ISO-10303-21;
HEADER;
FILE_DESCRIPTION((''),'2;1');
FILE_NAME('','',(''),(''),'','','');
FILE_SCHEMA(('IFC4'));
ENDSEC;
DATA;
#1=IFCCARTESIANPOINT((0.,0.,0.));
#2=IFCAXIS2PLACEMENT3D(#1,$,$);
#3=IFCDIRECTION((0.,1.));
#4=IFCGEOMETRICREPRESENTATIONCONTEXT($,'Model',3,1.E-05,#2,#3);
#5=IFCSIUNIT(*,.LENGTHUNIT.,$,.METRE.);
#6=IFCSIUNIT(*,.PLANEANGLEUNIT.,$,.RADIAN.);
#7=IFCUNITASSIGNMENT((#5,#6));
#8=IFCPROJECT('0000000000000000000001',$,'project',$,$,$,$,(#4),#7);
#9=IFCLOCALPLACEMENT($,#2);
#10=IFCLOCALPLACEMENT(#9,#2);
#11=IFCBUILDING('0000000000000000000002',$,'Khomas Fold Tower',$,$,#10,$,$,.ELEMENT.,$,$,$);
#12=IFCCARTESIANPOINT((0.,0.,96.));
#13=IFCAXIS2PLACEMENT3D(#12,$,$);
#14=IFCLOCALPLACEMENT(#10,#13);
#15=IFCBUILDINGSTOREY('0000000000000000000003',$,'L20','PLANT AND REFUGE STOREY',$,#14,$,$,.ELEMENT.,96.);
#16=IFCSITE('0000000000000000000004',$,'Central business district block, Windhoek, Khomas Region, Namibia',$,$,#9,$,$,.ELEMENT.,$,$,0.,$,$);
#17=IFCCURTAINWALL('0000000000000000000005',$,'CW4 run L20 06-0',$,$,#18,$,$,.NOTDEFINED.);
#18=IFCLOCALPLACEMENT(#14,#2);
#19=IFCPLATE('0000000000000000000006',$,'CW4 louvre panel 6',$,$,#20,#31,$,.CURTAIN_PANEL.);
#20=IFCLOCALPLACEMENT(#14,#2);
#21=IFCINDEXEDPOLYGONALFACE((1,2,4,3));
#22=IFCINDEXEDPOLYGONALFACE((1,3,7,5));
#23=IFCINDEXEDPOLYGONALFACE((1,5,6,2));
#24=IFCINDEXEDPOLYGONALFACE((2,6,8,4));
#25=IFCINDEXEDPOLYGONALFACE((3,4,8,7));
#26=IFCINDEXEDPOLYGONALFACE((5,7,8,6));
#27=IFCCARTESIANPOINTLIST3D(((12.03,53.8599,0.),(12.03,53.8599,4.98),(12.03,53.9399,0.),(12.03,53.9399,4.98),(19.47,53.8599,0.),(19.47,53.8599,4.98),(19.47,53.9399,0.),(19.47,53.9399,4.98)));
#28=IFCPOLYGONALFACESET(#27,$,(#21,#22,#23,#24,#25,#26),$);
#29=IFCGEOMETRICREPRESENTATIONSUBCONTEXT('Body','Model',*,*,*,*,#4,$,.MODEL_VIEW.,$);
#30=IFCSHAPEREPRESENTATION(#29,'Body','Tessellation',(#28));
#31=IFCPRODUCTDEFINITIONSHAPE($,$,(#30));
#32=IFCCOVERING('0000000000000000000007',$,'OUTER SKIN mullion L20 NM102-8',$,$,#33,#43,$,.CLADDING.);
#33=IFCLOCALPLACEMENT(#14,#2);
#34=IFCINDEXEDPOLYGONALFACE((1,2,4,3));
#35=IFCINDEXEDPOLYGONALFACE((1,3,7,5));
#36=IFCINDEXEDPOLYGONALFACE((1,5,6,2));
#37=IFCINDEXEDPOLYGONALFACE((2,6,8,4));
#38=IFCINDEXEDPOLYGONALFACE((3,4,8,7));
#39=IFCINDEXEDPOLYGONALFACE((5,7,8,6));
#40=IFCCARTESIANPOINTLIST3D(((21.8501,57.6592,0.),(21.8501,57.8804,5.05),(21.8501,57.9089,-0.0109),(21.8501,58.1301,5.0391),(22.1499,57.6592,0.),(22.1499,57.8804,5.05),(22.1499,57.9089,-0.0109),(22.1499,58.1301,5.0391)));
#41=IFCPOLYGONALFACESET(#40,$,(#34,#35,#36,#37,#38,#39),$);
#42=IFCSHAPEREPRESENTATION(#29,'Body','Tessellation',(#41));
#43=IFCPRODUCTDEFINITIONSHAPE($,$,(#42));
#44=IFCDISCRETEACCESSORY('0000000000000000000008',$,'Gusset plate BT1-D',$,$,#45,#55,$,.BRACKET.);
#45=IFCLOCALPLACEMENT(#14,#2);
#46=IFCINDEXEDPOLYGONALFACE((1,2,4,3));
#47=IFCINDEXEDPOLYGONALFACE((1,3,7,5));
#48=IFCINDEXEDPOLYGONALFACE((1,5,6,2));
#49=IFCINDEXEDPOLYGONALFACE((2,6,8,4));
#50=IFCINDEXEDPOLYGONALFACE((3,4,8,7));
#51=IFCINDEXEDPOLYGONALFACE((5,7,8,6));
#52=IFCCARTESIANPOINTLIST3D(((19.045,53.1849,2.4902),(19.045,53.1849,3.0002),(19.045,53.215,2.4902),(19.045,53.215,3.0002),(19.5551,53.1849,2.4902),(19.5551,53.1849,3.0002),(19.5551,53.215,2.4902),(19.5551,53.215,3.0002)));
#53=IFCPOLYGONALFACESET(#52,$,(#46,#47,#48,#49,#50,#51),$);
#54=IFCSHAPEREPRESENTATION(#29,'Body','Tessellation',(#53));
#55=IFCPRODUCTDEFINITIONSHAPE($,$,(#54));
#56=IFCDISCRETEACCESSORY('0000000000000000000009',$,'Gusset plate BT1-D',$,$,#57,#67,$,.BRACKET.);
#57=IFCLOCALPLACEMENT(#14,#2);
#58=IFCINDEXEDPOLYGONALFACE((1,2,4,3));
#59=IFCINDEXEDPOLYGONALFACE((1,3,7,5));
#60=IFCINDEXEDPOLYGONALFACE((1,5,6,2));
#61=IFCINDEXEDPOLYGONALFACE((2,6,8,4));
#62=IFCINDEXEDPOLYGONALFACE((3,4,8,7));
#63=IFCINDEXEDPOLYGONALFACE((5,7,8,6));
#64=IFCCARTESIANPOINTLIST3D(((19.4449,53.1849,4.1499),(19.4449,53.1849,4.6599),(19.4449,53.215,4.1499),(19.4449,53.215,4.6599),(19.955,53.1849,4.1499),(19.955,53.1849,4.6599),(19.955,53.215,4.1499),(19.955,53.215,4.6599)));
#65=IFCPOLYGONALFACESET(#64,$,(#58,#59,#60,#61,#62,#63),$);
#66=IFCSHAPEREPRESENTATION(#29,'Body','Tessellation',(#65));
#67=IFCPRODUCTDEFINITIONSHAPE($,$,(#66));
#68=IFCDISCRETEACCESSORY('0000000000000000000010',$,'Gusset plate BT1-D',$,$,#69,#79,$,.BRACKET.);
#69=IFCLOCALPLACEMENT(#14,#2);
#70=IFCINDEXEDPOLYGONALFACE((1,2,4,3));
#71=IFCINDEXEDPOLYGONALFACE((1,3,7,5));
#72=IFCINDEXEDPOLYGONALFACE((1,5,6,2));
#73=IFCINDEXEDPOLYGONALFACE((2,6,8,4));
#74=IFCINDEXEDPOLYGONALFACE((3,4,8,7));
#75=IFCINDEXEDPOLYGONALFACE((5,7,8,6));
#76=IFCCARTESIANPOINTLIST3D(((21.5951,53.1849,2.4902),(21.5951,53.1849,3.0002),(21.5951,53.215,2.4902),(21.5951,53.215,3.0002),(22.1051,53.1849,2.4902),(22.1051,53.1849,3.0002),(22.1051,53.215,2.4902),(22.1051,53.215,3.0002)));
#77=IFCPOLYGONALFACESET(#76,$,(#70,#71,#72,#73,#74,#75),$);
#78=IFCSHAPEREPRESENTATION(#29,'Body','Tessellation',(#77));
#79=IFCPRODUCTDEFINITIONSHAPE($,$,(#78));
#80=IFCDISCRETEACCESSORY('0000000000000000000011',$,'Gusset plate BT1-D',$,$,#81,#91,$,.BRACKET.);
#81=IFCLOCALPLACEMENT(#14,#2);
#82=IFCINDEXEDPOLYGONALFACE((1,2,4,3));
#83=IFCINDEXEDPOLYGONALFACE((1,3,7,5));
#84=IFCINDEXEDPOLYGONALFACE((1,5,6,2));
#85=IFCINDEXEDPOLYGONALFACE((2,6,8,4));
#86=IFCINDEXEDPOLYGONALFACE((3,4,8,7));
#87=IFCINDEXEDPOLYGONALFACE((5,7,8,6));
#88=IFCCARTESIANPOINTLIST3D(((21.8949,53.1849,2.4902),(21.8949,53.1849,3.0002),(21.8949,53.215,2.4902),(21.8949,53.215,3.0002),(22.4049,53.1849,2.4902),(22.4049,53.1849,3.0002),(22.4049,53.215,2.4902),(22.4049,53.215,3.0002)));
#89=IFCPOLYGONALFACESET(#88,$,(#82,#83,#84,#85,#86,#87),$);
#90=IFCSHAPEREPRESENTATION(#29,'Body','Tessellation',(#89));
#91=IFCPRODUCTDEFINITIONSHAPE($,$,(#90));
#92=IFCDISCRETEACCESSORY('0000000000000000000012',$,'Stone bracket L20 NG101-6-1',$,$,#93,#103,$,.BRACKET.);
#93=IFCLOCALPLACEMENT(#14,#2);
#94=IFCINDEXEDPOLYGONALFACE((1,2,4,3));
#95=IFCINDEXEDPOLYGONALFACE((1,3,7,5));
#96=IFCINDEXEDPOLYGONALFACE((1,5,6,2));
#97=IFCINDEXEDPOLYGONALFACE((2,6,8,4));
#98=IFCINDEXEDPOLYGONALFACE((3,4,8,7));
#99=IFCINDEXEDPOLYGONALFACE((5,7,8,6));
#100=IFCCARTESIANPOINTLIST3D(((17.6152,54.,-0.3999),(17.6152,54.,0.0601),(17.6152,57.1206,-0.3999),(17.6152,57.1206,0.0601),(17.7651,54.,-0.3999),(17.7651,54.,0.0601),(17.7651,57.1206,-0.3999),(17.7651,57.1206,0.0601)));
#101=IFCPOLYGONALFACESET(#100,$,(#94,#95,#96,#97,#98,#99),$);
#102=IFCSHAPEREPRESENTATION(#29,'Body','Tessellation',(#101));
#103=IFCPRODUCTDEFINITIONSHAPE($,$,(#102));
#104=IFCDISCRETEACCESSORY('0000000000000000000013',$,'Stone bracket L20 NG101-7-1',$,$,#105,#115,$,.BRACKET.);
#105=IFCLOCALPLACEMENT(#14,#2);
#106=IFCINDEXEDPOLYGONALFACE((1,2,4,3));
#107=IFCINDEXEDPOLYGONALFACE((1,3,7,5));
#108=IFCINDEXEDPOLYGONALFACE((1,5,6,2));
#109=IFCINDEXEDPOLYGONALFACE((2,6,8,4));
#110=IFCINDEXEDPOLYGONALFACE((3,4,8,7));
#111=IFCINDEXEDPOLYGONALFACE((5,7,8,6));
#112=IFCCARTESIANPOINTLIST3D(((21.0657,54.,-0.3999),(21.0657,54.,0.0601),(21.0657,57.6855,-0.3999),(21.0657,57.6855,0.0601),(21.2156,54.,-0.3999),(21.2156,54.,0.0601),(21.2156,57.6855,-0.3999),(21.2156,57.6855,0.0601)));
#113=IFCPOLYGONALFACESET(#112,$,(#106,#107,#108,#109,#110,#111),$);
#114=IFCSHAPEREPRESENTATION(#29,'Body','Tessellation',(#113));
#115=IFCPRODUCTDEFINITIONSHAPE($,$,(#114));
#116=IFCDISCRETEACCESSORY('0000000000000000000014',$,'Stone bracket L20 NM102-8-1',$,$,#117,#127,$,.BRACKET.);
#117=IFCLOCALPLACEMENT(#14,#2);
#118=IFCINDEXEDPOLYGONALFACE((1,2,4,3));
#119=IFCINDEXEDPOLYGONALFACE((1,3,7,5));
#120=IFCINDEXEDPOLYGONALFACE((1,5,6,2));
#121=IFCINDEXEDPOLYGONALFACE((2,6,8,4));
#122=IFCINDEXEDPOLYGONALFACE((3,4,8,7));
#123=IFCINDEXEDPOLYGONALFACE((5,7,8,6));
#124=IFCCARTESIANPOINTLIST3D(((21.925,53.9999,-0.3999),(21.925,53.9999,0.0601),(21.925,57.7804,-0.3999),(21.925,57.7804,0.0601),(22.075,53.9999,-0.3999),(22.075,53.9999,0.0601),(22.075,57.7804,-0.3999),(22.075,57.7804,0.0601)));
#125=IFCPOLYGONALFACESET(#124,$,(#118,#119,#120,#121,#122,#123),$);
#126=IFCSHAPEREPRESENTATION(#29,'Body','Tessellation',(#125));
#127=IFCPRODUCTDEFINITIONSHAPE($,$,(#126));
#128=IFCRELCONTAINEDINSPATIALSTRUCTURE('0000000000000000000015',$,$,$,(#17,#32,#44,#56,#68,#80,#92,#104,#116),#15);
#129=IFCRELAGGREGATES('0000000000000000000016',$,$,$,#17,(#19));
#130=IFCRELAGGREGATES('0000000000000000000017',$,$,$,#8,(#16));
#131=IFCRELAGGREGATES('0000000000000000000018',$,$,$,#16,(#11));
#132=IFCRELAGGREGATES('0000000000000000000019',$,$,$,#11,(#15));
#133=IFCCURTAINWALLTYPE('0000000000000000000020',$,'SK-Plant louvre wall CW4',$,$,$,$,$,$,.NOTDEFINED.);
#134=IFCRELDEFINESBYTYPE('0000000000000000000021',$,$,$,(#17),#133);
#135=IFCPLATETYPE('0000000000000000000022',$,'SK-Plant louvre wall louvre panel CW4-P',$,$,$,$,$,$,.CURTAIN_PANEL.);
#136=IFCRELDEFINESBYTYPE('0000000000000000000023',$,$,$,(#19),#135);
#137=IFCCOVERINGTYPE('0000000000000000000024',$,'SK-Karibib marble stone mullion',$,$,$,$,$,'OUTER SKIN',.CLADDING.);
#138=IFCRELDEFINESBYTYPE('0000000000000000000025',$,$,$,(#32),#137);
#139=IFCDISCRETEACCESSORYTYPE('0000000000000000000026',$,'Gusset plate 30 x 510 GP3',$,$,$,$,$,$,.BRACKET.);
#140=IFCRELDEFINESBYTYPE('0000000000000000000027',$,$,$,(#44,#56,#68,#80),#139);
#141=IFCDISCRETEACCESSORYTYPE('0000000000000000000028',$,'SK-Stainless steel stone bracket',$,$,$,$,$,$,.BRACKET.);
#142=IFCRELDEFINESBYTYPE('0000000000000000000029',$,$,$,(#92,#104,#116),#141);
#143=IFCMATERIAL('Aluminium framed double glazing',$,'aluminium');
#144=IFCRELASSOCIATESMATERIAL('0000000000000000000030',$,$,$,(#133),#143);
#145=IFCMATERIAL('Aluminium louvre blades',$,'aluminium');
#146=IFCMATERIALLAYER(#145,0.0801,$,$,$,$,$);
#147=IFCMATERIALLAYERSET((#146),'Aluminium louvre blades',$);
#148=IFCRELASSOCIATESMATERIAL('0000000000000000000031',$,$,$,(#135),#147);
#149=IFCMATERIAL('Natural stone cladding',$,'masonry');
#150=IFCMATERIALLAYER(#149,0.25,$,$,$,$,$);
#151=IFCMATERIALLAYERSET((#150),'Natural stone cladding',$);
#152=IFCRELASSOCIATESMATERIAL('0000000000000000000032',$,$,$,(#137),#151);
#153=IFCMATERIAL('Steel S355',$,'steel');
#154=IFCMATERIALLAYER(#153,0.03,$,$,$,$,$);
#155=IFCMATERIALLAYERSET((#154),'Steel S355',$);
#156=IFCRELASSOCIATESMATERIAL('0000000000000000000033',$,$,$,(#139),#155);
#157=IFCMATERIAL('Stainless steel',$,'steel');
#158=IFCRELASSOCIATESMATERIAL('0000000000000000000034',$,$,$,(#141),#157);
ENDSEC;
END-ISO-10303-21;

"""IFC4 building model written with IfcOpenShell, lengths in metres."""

from ifc_helpers import new_model, si_unit, direction, frame, origin, origin_2d, place, context, subcontext, project, spatial, polyline, rectangle, outline, extrude, source, transform, mapped, material, layer, layer_set, type_object, element, aggregate, save


model = new_model("IFC4")

# Units and contexts
model_context = context("Model", 3, precision=1e-05, world=origin(), true_north=direction((0.0, 1.0)))
body_context = subcontext(model_context, "Body", "Model", "MODEL_VIEW")
ifc_project = project(units=[si_unit("LENGTHUNIT", "METRE"), si_unit("PLANEANGLEUNIT", "RADIAN")], contexts=[model_context])

# Site, building, storey
site_placement = place(None, origin())
site = spatial("IfcSite", under=ifc_project, at=site_placement, Name="Central business district block, Windhoek, Khomas Region, Namibia", CompositionType="ELEMENT", RefElevation=0.0)
building_placement = place(site_placement, origin())
building = spatial("IfcBuilding", under=site, at=building_placement, Name="Khomas Fold Tower", CompositionType="ELEMENT")
storey_placement = place(building_placement, frame((0.0, 0.0, 96.0)))
storey = spatial("IfcBuildingStorey", under=building, at=storey_placement, Name="L20", Description="PLANT AND REFUGE STOREY", CompositionType="ELEMENT", Elevation=96.0)

# Curtain wall
ifc_material_1 = material(Name="Aluminium framed double glazing", Category="aluminium")
curtain_wall_type = type_object("IfcCurtainWallType", Name="SK-Plant louvre wall CW4", PredefinedType="NOTDEFINED", material=ifc_material_1)
curtain_wall_placement = place(storey_placement, origin())
curtain_wall = element("IfcCurtainWall", 1, at=curtain_wall_placement, inside=storey, type_object=curtain_wall_type, Name="CW4 run L20 06-0", PredefinedType="NOTDEFINED")

# Plate
ifc_material_2 = material(Name="Aluminium louvre blades", Category="aluminium")
ifc_layer_1 = layer(ifc_material_2, 0.0801)
ifc_layer_set_1 = layer_set([ifc_layer_1], Name="Aluminium louvre blades")
plate_type_1 = type_object("IfcPlateType", Name="SK-Plant louvre wall louvre panel CW4-P", PredefinedType="CURTAIN_PANEL", material=ifc_layer_set_1)
shared_shape_1 = source(origin(), body_context, "Body", "SweptSolid", [
    extrude(rectangle(XDim=7.4399, YDim=0.0801, at=origin_2d()), origin(), (0.0, 0.0, 1.0), 4.98),
])
plate_1_placement = place(storey_placement, frame((15.75, 53.8999, 0.0), z_axis=(0.0, 0.0, 1.0), x_axis=(-1.0, 0.0, 0.0)))
plate_1 = element("IfcPlate", 2, at=plate_1_placement, type_object=plate_type_1, Name="CW4 louvre panel 6", PredefinedType="CURTAIN_PANEL", context=body_context, shape_type="MappedRepresentation", body=[
    mapped(shared_shape_1, transform((0.0, 0.0, 0.0))),
])
aggregate(curtain_wall, [plate_1])

# Covering
ifc_material_3 = material(Name="Natural stone cladding", Category="masonry")
ifc_layer_2 = layer(ifc_material_3, 0.25)
ifc_layer_set_2 = layer_set([ifc_layer_2], Name="Natural stone cladding")
covering_type = type_object("IfcCoveringType", Name="SK-Karibib marble stone mullion", ElementType="OUTER SKIN", PredefinedType="CLADDING", material=ifc_layer_set_2)
covering_placement = place(storey_placement, frame((21.8501, 57.6592, 0.0), z_axis=(0.0, -0.999042, 0.043758), x_axis=(0.0, 0.043758, 0.999042)))
element("IfcCovering", 3, at=covering_placement, inside=storey, type_object=covering_type, Name="OUTER SKIN mullion L20 NM102-8", PredefinedType="CLADDING", context=body_context, shape_type="SweptSolid", body=[
    extrude(outline(polyline([(0.0, 0.0), (5.0549, 0.0), (5.0549, -0.2998), (0.0, -0.2998), (0.0, 0.0)])), origin(), (0.0, 0.0, -1.0), 0.25),
])

# Discrete accessories
ifc_material_4 = material(Name="Steel S355", Category="steel")
ifc_layer_3 = layer(ifc_material_4, 0.03)
ifc_layer_set_3 = layer_set([ifc_layer_3], Name="Steel S355")
discrete_accessory_type_1 = type_object("IfcDiscreteAccessoryType", Name="Gusset plate 30 x 510 GP3", PredefinedType="BRACKET", material=ifc_layer_set_3)
shared_shape_2 = source(origin(), body_context, "Body", "SweptSolid", [
    extrude(rectangle(XDim=0.51, YDim=0.03, at=origin_2d()), origin(), (0.0, 0.0, 1.0), 0.51),
])
for number, where, z_axis, x_axis, name in (
    (4, (19.3, 53.2, 2.4902), (0.0, 0.0, 1.0), (1.0, 0.0, 0.0), "Gusset plate BT1-D"),
    (5, (19.7, 53.2, 4.1499), (0.0, 0.0, 1.0), (1.0, 0.0, 0.0), "Gusset plate BT1-D"),
    (6, (21.8501, 53.2, 2.4902), (0.0, 0.0, 1.0), (1.0, 0.0, 0.0), "Gusset plate BT1-D"),
    (7, (22.1499, 53.2, 2.4902), (0.0, 0.0, 1.0), (1.0, 0.0, 0.0), "Gusset plate BT1-D"),
):
    element("IfcDiscreteAccessory", number, at=place(storey_placement, frame(where, z_axis=z_axis, x_axis=x_axis)), inside=storey, type_object=discrete_accessory_type_1, Name=name, PredefinedType="BRACKET", context=body_context, shape_type="MappedRepresentation", body=[
        mapped(shared_shape_2, transform((0.0, 0.0, 0.0))),
    ])
ifc_material_5 = material(Name="Stainless steel", Category="steel")
discrete_accessory_type_2 = type_object("IfcDiscreteAccessoryType", Name="SK-Stainless steel stone bracket", PredefinedType="BRACKET", material=ifc_material_5)
shared_shape_3 = source(origin(), body_context, "Body", "SweptSolid", [
    extrude(rectangle(XDim=3.1206, YDim=0.1499, at=origin_2d()), origin(), (0.0, 0.0, 1.0), 0.46),
])
discrete_accessory_1_placement = place(storey_placement, frame((17.6902, 55.5603, -0.3999), z_axis=(0.0, 0.0, 1.0), x_axis=(0.0, 1.0, 0.0)))
element("IfcDiscreteAccessory", 8, at=discrete_accessory_1_placement, inside=storey, type_object=discrete_accessory_type_2, Name="Stone bracket L20 NG101-6-1", PredefinedType="BRACKET", context=body_context, shape_type="MappedRepresentation", body=[
    mapped(shared_shape_3, transform((0.0, 0.0, 0.0))),
])
shared_shape_4 = source(origin(), body_context, "Body", "SweptSolid", [
    extrude(rectangle(XDim=3.6855, YDim=0.1499, at=origin_2d()), origin(), (0.0, 0.0, 1.0), 0.46),
])
discrete_accessory_2_placement = place(storey_placement, frame((21.1406, 55.8428, -0.3999), z_axis=(0.0, 0.0, 1.0), x_axis=(0.0, 1.0, 0.0)))
element("IfcDiscreteAccessory", 9, at=discrete_accessory_2_placement, inside=storey, type_object=discrete_accessory_type_2, Name="Stone bracket L20 NG101-7-1", PredefinedType="BRACKET", context=body_context, shape_type="MappedRepresentation", body=[
    mapped(shared_shape_4, transform((0.0, 0.0, 0.0))),
])
shared_shape_5 = source(origin(), body_context, "Body", "SweptSolid", [
    extrude(rectangle(XDim=3.7805, YDim=0.1499, at=origin_2d()), origin(), (0.0, 0.0, 1.0), 0.46),
])
discrete_accessory_3_placement = place(storey_placement, frame((22.0, 55.8901, -0.3999), z_axis=(0.0, 0.0, 1.0), x_axis=(0.0, 1.0, 0.0)))
element("IfcDiscreteAccessory", 10, at=discrete_accessory_3_placement, inside=storey, type_object=discrete_accessory_type_2, Name="Stone bracket L20 NM102-8-1", PredefinedType="BRACKET", context=body_context, shape_type="MappedRepresentation", body=[
    mapped(shared_shape_5, transform((0.0, 0.0, 0.0))),
])

save(model, "model.ifc")
